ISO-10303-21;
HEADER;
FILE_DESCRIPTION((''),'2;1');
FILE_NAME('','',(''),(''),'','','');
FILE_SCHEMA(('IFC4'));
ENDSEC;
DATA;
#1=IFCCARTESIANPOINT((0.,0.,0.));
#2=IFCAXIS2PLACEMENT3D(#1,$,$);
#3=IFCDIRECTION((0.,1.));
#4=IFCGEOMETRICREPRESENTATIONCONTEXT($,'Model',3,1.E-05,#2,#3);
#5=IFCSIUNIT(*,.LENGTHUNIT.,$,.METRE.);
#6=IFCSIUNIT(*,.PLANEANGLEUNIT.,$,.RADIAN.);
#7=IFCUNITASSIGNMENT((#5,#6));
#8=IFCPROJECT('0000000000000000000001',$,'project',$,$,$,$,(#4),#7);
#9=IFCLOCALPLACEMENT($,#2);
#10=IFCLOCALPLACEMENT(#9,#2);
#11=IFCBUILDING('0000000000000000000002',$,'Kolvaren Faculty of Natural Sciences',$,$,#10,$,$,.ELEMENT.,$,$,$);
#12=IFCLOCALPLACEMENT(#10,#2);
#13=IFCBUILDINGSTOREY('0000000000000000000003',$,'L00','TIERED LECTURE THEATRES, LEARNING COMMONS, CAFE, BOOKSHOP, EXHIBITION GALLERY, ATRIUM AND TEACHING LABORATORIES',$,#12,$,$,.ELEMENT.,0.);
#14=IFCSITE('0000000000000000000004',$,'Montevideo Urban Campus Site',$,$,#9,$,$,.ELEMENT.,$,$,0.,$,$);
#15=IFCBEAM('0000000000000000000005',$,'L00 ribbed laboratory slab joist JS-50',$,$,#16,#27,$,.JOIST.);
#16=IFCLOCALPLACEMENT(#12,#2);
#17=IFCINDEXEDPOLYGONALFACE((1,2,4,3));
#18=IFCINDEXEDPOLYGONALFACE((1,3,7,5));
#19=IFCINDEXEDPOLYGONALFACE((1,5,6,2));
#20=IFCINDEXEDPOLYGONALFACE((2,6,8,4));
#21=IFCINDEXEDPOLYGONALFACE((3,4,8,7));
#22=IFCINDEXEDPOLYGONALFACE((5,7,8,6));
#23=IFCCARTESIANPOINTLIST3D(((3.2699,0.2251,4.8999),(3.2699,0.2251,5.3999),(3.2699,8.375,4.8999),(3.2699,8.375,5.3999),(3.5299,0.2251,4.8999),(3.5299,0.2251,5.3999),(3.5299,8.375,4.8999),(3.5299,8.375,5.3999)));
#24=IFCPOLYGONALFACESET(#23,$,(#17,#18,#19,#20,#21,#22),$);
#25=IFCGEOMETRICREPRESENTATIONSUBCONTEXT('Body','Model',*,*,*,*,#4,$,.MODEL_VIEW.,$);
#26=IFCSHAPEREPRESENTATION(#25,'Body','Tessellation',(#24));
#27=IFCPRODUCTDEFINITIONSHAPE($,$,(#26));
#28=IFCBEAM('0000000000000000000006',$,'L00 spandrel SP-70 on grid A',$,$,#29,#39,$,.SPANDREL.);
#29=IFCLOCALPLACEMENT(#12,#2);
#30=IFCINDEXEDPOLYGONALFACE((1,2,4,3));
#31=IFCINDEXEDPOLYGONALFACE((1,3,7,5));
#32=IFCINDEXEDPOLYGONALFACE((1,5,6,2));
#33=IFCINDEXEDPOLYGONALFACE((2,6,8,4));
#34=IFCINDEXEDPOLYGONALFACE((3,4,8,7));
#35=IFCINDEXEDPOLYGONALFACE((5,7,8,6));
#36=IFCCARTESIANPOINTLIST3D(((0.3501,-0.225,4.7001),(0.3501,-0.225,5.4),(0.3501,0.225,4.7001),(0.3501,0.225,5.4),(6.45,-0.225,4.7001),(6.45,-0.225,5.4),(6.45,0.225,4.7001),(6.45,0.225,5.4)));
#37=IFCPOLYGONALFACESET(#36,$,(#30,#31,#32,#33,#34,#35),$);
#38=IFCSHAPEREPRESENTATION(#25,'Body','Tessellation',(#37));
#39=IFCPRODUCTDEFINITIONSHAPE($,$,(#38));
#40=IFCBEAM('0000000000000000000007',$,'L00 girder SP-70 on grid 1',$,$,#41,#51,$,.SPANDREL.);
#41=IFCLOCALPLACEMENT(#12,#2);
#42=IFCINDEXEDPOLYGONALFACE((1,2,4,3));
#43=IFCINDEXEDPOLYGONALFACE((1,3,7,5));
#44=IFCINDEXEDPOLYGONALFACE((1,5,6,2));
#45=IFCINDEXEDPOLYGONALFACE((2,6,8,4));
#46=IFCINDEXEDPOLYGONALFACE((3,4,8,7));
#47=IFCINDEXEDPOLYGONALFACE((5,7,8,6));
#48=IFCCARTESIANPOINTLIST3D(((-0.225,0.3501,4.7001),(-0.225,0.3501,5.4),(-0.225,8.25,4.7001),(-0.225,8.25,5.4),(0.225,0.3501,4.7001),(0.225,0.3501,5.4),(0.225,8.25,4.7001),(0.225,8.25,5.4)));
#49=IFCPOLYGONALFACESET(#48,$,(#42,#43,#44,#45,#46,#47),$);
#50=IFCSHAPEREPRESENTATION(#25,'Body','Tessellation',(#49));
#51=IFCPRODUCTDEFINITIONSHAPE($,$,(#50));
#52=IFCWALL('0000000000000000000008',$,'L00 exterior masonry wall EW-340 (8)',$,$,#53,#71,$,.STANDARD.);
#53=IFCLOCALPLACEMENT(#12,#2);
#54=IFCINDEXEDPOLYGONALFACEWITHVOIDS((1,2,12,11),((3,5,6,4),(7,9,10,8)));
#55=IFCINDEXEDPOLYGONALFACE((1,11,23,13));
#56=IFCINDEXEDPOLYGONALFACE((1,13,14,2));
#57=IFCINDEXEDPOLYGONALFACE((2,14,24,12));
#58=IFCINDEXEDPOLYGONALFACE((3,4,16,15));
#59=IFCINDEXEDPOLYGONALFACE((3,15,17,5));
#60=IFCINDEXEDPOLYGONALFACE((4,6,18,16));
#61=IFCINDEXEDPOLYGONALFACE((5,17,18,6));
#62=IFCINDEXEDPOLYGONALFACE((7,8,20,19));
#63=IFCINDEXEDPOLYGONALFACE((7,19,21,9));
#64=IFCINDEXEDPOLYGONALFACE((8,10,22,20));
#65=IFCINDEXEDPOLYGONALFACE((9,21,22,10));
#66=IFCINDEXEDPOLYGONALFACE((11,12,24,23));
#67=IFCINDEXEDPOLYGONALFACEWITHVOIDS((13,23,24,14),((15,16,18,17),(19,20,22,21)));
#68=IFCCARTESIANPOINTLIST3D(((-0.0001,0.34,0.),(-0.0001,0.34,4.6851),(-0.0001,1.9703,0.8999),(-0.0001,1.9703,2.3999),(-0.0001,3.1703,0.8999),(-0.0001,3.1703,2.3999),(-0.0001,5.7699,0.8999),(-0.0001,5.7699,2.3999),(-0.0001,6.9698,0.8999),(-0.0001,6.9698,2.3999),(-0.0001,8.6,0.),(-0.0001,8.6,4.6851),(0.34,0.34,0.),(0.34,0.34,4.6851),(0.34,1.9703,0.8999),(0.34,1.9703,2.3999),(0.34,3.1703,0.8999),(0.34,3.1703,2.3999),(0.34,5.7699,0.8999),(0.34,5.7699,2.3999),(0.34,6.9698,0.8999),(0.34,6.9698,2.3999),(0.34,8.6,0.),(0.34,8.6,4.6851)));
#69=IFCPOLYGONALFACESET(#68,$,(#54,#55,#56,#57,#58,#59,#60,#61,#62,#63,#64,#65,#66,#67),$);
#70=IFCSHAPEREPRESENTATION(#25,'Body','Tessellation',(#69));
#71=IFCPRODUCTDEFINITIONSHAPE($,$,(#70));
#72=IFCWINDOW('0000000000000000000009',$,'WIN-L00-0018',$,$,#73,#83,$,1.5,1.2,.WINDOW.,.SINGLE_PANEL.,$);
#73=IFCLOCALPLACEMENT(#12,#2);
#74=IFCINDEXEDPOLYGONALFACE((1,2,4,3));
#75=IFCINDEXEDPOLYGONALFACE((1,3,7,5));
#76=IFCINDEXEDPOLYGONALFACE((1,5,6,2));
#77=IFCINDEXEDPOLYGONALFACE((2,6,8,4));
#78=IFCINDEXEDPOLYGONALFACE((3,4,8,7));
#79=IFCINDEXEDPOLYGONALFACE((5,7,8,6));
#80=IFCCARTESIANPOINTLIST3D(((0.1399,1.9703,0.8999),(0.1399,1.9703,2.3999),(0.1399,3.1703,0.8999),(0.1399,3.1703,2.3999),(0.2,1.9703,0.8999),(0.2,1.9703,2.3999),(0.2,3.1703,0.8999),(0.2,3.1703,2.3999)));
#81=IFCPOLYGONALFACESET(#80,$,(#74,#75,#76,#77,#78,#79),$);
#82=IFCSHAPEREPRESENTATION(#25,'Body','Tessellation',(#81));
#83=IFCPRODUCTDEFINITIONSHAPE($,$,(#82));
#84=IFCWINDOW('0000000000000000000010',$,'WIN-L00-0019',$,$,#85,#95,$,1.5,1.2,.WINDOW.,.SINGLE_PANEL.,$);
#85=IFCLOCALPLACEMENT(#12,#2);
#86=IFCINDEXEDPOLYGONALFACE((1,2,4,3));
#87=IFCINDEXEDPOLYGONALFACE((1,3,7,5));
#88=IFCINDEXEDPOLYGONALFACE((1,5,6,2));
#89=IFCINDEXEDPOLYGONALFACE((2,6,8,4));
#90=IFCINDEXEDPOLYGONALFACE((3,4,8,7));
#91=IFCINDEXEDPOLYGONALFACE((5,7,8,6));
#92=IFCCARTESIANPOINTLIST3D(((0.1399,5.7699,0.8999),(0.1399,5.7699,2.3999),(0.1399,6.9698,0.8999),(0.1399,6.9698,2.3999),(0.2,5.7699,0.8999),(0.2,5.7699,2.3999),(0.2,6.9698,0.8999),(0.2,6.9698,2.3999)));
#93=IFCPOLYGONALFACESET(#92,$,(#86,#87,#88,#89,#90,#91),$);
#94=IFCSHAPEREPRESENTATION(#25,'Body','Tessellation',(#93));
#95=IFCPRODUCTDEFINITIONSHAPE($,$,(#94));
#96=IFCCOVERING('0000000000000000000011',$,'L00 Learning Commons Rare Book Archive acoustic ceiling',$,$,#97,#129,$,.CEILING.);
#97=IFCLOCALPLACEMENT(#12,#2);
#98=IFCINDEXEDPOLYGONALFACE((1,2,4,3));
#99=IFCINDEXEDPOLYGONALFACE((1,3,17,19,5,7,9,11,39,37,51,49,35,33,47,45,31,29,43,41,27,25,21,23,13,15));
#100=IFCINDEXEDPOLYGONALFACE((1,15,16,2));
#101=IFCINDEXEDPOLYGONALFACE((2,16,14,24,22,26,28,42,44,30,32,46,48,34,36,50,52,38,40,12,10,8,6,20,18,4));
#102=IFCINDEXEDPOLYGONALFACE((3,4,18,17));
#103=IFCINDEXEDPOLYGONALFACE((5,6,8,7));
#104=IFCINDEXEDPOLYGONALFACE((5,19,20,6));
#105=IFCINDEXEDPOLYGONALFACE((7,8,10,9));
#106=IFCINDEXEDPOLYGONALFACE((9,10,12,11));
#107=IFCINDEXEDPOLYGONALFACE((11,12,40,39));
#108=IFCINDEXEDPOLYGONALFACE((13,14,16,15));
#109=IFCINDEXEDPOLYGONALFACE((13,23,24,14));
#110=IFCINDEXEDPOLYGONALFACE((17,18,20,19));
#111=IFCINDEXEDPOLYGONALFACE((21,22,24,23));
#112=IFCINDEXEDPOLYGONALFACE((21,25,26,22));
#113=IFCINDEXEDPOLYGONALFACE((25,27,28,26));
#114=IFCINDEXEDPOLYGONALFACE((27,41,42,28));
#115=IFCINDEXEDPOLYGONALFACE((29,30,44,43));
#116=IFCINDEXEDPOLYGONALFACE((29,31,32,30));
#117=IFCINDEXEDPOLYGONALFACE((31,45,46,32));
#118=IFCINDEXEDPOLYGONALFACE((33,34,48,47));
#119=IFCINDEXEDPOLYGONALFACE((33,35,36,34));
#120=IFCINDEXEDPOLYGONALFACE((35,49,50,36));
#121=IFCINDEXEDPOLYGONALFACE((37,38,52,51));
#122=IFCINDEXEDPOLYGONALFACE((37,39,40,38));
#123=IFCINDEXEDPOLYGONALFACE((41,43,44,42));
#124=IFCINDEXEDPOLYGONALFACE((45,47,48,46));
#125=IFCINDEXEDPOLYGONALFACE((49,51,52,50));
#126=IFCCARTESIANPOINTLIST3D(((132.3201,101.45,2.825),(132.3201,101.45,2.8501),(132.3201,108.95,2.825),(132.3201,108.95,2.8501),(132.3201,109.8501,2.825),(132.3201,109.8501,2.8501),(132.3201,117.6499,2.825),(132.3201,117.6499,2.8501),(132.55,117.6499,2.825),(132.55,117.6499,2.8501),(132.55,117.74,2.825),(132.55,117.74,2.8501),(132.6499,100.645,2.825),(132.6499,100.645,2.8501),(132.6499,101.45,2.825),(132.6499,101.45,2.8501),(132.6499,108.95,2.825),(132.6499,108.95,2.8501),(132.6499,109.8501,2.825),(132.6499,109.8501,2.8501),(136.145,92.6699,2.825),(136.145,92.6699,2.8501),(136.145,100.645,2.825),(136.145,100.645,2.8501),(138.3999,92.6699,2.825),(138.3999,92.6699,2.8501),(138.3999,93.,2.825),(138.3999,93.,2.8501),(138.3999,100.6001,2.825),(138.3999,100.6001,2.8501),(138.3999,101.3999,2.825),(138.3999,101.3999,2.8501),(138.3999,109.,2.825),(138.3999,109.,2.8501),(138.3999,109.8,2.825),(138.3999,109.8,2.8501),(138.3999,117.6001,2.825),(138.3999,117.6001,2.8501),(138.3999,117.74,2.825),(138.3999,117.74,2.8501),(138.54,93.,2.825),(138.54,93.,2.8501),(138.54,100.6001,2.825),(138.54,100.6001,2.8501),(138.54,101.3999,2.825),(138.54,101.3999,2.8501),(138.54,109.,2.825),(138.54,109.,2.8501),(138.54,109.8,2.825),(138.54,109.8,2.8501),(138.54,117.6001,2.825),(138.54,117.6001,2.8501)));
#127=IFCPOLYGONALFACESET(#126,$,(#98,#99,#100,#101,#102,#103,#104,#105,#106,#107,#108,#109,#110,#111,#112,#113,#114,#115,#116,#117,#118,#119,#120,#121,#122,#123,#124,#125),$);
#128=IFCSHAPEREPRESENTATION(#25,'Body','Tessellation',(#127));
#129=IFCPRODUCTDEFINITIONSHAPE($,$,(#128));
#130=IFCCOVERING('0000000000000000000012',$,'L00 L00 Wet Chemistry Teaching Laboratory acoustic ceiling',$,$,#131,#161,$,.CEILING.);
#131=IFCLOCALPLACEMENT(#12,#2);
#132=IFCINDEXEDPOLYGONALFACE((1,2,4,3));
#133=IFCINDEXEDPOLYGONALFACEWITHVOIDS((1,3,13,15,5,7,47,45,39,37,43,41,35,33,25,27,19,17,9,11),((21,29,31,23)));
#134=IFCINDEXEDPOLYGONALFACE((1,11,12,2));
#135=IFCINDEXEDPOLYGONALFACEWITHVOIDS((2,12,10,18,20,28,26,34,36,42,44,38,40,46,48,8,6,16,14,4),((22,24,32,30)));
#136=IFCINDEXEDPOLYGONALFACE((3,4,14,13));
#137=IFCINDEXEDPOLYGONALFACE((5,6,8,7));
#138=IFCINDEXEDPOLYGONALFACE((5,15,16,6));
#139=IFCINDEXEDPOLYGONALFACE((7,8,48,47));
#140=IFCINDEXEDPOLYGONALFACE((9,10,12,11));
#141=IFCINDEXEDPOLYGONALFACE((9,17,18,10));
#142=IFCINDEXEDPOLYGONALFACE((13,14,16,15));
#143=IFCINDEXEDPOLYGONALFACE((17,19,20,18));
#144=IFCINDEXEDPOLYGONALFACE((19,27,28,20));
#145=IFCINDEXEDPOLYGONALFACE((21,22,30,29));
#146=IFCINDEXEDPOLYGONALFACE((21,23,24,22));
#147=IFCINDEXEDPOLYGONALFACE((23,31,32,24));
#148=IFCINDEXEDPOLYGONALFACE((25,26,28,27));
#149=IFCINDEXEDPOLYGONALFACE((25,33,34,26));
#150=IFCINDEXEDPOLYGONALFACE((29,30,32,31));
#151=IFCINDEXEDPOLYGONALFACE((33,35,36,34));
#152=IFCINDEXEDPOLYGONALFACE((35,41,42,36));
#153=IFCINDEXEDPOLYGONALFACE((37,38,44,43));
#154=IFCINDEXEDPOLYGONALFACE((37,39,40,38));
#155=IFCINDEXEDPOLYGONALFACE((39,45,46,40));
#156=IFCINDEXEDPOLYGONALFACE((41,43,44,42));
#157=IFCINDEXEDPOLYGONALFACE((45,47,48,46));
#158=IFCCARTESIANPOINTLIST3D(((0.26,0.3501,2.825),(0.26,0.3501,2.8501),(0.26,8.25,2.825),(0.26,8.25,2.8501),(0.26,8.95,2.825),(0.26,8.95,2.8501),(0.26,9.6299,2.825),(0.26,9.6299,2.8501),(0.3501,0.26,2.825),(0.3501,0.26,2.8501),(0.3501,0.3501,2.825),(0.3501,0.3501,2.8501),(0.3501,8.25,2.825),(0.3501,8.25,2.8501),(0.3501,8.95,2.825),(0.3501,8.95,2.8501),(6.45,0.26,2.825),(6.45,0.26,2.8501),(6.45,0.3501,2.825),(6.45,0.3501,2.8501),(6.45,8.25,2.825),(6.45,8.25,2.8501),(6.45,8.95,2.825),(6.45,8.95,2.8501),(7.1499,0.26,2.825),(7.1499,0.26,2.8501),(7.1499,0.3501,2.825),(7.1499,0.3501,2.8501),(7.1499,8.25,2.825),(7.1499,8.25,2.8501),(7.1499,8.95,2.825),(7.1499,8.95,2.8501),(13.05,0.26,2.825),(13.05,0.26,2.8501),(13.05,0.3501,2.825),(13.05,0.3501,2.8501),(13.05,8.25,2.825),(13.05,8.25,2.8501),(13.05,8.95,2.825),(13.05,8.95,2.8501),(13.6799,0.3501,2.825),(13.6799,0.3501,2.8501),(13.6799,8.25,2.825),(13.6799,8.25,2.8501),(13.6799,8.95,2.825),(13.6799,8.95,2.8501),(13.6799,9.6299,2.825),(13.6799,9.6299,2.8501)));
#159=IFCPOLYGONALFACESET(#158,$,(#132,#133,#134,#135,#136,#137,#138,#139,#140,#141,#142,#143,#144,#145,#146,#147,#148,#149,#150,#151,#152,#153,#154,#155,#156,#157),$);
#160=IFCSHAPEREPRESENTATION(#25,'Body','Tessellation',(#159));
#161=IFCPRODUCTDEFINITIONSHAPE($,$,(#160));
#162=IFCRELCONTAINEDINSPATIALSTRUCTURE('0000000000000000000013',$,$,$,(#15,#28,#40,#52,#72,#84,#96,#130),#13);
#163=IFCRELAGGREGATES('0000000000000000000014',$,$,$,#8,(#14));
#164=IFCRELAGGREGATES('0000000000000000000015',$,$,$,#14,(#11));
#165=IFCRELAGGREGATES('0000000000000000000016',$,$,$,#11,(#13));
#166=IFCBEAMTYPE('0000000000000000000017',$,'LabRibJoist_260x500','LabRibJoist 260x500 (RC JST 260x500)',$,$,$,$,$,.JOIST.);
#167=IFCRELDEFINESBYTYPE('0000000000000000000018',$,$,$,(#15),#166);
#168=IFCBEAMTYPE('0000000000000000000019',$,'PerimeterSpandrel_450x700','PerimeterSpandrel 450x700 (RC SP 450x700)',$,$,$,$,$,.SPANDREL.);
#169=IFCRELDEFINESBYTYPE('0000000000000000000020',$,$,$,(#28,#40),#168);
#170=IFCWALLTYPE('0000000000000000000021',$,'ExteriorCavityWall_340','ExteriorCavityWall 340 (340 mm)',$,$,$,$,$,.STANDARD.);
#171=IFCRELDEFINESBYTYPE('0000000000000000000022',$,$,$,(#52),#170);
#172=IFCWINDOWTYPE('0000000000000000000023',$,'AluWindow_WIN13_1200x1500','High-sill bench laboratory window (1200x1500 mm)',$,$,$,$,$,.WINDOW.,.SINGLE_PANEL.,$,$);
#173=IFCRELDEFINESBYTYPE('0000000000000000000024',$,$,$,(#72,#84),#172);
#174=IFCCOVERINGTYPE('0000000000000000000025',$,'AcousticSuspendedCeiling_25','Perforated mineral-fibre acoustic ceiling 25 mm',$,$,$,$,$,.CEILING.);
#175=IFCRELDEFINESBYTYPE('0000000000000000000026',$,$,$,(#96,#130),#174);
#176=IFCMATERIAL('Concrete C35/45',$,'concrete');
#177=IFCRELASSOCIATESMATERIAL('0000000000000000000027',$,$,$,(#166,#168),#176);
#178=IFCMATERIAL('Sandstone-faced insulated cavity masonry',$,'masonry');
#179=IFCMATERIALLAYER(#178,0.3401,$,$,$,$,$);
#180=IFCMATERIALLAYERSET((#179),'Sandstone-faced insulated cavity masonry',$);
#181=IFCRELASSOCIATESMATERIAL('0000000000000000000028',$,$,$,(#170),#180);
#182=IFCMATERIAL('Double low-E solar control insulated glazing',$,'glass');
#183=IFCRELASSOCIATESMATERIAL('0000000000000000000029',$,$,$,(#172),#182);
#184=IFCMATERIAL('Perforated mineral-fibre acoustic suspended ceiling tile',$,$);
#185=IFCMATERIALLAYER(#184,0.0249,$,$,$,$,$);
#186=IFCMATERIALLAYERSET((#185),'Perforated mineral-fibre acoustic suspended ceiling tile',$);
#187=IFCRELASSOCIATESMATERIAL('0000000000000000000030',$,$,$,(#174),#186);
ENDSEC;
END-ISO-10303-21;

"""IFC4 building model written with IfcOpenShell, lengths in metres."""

from ifc_helpers import new_model, si_unit, direction, frame, frame_2d, origin, origin_2d, place, context, subcontext, project, spatial, polyline, rectangle, outline, extrude, material, layer, layer_set, material_profile, profile_set, type_object, element, fill, save


model = new_model("IFC4")

# Units and contexts
model_context = context("Model", 3, precision=1e-05, world=origin(), true_north=direction((0.0, 1.0)))
body_context = subcontext(model_context, "Body", "Model", "MODEL_VIEW")
ifc_project = project(units=[si_unit("LENGTHUNIT", "METRE"), si_unit("PLANEANGLEUNIT", "RADIAN")], contexts=[model_context])

# Site, building, storey
site_placement = place(None, origin())
site = spatial("IfcSite", under=ifc_project, at=site_placement, Name="Montevideo Urban Campus Site", CompositionType="ELEMENT", RefElevation=0.0)
building_placement = place(site_placement, origin())
building = spatial("IfcBuilding", under=site, at=building_placement, Name="Kolvaren Faculty of Natural Sciences", CompositionType="ELEMENT")
storey_placement = place(building_placement, origin())
storey = spatial("IfcBuildingStorey", under=building, at=storey_placement, Name="L00", Description="TIERED LECTURE THEATRES, LEARNING COMMONS, CAFE, BOOKSHOP, EXHIBITION GALLERY, ATRIUM AND TEACHING LABORATORIES", CompositionType="ELEMENT", Elevation=0.0)

# Beams
ifc_material_1 = material(Name="Concrete C35/45", Category="concrete")
ifc_material_profile_1 = material_profile(ifc_material_1, rectangle(XDim=0.26, YDim=0.5, at=origin_2d()), Name="RC JST 260x500")
ifc_profile_set_1 = profile_set([ifc_material_profile_1], Name="Concrete C35/45")
beam_type_1 = type_object("IfcBeamType", Name="LabRibJoist_260x500", Description="LabRibJoist 260x500 (RC JST 260x500)", PredefinedType="JOIST", material=ifc_profile_set_1)
beam_1_placement = place(storey_placement, frame((3.3999, 0.2251, 5.1499), z_axis=(0.0, 1.0, 0.0), x_axis=(-1.0, 0.0, 0.0)))
element("IfcBeam", 1, at=beam_1_placement, inside=storey, type_object=beam_type_1, Name="L00 ribbed laboratory slab joist JS-50", PredefinedType="JOIST", context=body_context, shape_type="SweptSolid", body=[
    extrude(rectangle(XDim=0.26, YDim=0.5, at=origin_2d()), origin(), (0.0, 0.0, 1.0), 8.1499),
])
ifc_material_profile_2 = material_profile(ifc_material_1, rectangle(XDim=0.45, YDim=0.7, at=origin_2d()), Name="RC SP 450x700")
ifc_profile_set_2 = profile_set([ifc_material_profile_2], Name="Concrete C35/45")
beam_type_2 = type_object("IfcBeamType", Name="PerimeterSpandrel_450x700", Description="PerimeterSpandrel 450x700 (RC SP 450x700)", PredefinedType="SPANDREL", material=ifc_profile_set_2)
beam_2_placement = place(storey_placement, frame((0.3501, 0.0, 5.05), z_axis=(1.0, 0.0, 0.0), x_axis=(0.0, 1.0, 0.0)))
element("IfcBeam", 2, at=beam_2_placement, inside=storey, type_object=beam_type_2, Name="L00 spandrel SP-70 on grid A", PredefinedType="SPANDREL", context=body_context, shape_type="SweptSolid", body=[
    extrude(rectangle(XDim=0.45, YDim=0.7, at=origin_2d()), origin(), (0.0, 0.0, 1.0), 6.0999),
])
beam_3_placement = place(storey_placement, frame((0.0, 0.3501, 5.05), z_axis=(0.0, 1.0, 0.0), x_axis=(-1.0, 0.0, 0.0)))
element("IfcBeam", 3, at=beam_3_placement, inside=storey, type_object=beam_type_2, Name="L00 girder SP-70 on grid 1", PredefinedType="SPANDREL", context=body_context, shape_type="SweptSolid", body=[
    extrude(rectangle(XDim=0.45, YDim=0.7, at=origin_2d()), origin(), (0.0, 0.0, 1.0), 7.8999),
])

# Wall, openings, windows
ifc_material_2 = material(Name="Sandstone-faced insulated cavity masonry", Category="masonry")
ifc_layer_1 = layer(ifc_material_2, 0.3401)
ifc_layer_set_1 = layer_set([ifc_layer_1], Name="Sandstone-faced insulated cavity masonry")
wall_type = type_object("IfcWallType", Name="ExteriorCavityWall_340", Description="ExteriorCavityWall 340 (340 mm)", PredefinedType="STANDARD", material=ifc_layer_set_1)
wall_placement = place(storey_placement, frame((0.1699, 0.3401, 0.0), z_axis=(0.0, 0.0, 1.0), x_axis=(0.0, 1.0, 0.0)))
wall = element("IfcWall", 4, at=wall_placement, inside=storey, type_object=wall_type, Name="L00 exterior masonry wall EW-340 (8)", PredefinedType="STANDARD", context=body_context, shape_type="SweptSolid", body=[
    extrude(rectangle(XDim=8.26, YDim=0.3401, at=frame_2d((4.1299, 0.0))), origin(), (0.0, 0.0, 1.0), 4.6851),
])
opening_1_placement = place(wall_placement, frame((1.6301, 0.0, 0.8999)))
opening_1 = element("IfcOpeningElement", 5, at=opening_1_placement, cuts=wall, PredefinedType="OPENING", context=body_context, shape_type="SweptSolid", body=[
    extrude(rectangle(XDim=1.2, YDim=1.5, at=frame_2d((0.6001, 0.75))), frame((0.0, 0.1799, 0.0), z_axis=(0.0, -1.0, 0.0), x_axis=(1.0, 0.0, 0.0)), (0.0, 0.0, 1.0), 0.3601),
])
opening_2_placement = place(wall_placement, frame((5.4297, 0.0, 0.8999)))
opening_2 = element("IfcOpeningElement", 6, at=opening_2_placement, cuts=wall, PredefinedType="OPENING", context=body_context, shape_type="SweptSolid", body=[
    extrude(rectangle(XDim=1.2, YDim=1.5, at=frame_2d((0.6001, 0.75))), frame((0.0, 0.1799, 0.0), z_axis=(0.0, -1.0, 0.0), x_axis=(1.0, 0.0, 0.0)), (0.0, 0.0, 1.0), 0.3601),
])
ifc_material_3 = material(Name="Double low-E solar control insulated glazing", Category="glass")
window_type = type_object("IfcWindowType", Name="AluWindow_WIN13_1200x1500", Description="High-sill bench laboratory window (1200x1500 mm)", PartitioningType="SINGLE_PANEL", PredefinedType="WINDOW", material=ifc_material_3)
window_1_placement = place(opening_1_placement, origin())
window_1 = element("IfcWindow", 7, at=window_1_placement, inside=storey, type_object=window_type, Name="WIN-L00-0018", OverallHeight=1.5, OverallWidth=1.2, PartitioningType="SINGLE_PANEL", PredefinedType="WINDOW", context=body_context, shape_type="SweptSolid", body=[
    extrude(rectangle(XDim=1.2, YDim=1.5, at=frame_2d((0.6001, 0.75))), frame((0.0, 0.03, 0.0), z_axis=(0.0, -1.0, 0.0), x_axis=(1.0, 0.0, 0.0)), (0.0, 0.0, 1.0), 0.0601),
])
fill(opening_1, window_1)
window_2_placement = place(opening_2_placement, origin())
window_2 = element("IfcWindow", 8, at=window_2_placement, inside=storey, type_object=window_type, Name="WIN-L00-0019", OverallHeight=1.5, OverallWidth=1.2, PartitioningType="SINGLE_PANEL", PredefinedType="WINDOW", context=body_context, shape_type="SweptSolid", body=[
    extrude(rectangle(XDim=1.2, YDim=1.5, at=frame_2d((0.6001, 0.75))), frame((0.0, 0.03, 0.0), z_axis=(0.0, -1.0, 0.0), x_axis=(1.0, 0.0, 0.0)), (0.0, 0.0, 1.0), 0.0601),
])
fill(opening_2, window_2)

# Coverings
ifc_material_4 = material(Name="Perforated mineral-fibre acoustic suspended ceiling tile")
ifc_layer_2 = layer(ifc_material_4, 0.0249)
ifc_layer_set_2 = layer_set([ifc_layer_2], Name="Perforated mineral-fibre acoustic suspended ceiling tile")
covering_type_1 = type_object("IfcCoveringType", Name="AcousticSuspendedCeiling_25", Description="Perforated mineral-fibre acoustic ceiling 25 mm", PredefinedType="CEILING", material=ifc_layer_set_2)
covering_1_placement = place(storey_placement, frame((0.0, 0.0, 2.825)))
element("IfcCovering", 9, at=covering_1_placement, inside=storey, type_object=covering_type_1, Name="L00 Learning Commons Rare Book Archive acoustic ceiling", PredefinedType="CEILING", context=body_context, shape_type="SweptSolid", body=[
    extrude(outline(polyline([(132.6499, 100.645), (132.6499, 101.45), (132.3201, 101.45), (132.3201, 108.95), (132.6499, 108.95), (132.6499, 109.8501), (132.3201, 109.8501), (132.3201, 117.6499), (132.55, 117.6499), (132.55, 117.74), (138.3999, 117.74), (138.3999, 117.6001), (138.54, 117.6001), (138.54, 109.8), (138.3999, 109.8), (138.3999, 109.0), (138.54, 109.0), (138.54, 101.3999), (138.3999, 101.3999), (138.3999, 100.6001), (138.54, 100.6001), (138.54, 93.0), (138.3999, 93.0), (138.3999, 92.6699), (136.145, 92.6699), (136.145, 100.645), (132.6499, 100.645)])), origin(), (0.0, 0.0, 1.0), 0.0251),
])
covering_2_placement = place(storey_placement, frame((0.0, 0.0, 2.825)))
element("IfcCovering", 10, at=covering_2_placement, inside=storey, type_object=covering_type_1, Name="L00 L00 Wet Chemistry Teaching Laboratory acoustic ceiling", PredefinedType="CEILING", context=body_context, shape_type="SweptSolid", body=[
    extrude(outline(polyline([(0.26, 8.25), (0.3501, 8.25), (0.3501, 8.95), (0.26, 8.95), (0.26, 9.6299), (13.6799, 9.6299), (13.6799, 8.95), (13.05, 8.95), (13.05, 8.25), (13.6799, 8.25), (13.6799, 0.3501), (13.05, 0.3501), (13.05, 0.26), (7.1499, 0.26), (7.1499, 0.3501), (6.45, 0.3501), (6.45, 0.26), (0.3501, 0.26), (0.3501, 0.3501), (0.26, 0.3501), (0.26, 8.25)]), holes=[polyline([(7.1499, 8.95), (6.45, 8.95), (6.45, 8.25), (7.1499, 8.25), (7.1499, 8.95)])]), origin(), (0.0, 0.0, 1.0), 0.0251),
])

save(model, "model.ifc")
